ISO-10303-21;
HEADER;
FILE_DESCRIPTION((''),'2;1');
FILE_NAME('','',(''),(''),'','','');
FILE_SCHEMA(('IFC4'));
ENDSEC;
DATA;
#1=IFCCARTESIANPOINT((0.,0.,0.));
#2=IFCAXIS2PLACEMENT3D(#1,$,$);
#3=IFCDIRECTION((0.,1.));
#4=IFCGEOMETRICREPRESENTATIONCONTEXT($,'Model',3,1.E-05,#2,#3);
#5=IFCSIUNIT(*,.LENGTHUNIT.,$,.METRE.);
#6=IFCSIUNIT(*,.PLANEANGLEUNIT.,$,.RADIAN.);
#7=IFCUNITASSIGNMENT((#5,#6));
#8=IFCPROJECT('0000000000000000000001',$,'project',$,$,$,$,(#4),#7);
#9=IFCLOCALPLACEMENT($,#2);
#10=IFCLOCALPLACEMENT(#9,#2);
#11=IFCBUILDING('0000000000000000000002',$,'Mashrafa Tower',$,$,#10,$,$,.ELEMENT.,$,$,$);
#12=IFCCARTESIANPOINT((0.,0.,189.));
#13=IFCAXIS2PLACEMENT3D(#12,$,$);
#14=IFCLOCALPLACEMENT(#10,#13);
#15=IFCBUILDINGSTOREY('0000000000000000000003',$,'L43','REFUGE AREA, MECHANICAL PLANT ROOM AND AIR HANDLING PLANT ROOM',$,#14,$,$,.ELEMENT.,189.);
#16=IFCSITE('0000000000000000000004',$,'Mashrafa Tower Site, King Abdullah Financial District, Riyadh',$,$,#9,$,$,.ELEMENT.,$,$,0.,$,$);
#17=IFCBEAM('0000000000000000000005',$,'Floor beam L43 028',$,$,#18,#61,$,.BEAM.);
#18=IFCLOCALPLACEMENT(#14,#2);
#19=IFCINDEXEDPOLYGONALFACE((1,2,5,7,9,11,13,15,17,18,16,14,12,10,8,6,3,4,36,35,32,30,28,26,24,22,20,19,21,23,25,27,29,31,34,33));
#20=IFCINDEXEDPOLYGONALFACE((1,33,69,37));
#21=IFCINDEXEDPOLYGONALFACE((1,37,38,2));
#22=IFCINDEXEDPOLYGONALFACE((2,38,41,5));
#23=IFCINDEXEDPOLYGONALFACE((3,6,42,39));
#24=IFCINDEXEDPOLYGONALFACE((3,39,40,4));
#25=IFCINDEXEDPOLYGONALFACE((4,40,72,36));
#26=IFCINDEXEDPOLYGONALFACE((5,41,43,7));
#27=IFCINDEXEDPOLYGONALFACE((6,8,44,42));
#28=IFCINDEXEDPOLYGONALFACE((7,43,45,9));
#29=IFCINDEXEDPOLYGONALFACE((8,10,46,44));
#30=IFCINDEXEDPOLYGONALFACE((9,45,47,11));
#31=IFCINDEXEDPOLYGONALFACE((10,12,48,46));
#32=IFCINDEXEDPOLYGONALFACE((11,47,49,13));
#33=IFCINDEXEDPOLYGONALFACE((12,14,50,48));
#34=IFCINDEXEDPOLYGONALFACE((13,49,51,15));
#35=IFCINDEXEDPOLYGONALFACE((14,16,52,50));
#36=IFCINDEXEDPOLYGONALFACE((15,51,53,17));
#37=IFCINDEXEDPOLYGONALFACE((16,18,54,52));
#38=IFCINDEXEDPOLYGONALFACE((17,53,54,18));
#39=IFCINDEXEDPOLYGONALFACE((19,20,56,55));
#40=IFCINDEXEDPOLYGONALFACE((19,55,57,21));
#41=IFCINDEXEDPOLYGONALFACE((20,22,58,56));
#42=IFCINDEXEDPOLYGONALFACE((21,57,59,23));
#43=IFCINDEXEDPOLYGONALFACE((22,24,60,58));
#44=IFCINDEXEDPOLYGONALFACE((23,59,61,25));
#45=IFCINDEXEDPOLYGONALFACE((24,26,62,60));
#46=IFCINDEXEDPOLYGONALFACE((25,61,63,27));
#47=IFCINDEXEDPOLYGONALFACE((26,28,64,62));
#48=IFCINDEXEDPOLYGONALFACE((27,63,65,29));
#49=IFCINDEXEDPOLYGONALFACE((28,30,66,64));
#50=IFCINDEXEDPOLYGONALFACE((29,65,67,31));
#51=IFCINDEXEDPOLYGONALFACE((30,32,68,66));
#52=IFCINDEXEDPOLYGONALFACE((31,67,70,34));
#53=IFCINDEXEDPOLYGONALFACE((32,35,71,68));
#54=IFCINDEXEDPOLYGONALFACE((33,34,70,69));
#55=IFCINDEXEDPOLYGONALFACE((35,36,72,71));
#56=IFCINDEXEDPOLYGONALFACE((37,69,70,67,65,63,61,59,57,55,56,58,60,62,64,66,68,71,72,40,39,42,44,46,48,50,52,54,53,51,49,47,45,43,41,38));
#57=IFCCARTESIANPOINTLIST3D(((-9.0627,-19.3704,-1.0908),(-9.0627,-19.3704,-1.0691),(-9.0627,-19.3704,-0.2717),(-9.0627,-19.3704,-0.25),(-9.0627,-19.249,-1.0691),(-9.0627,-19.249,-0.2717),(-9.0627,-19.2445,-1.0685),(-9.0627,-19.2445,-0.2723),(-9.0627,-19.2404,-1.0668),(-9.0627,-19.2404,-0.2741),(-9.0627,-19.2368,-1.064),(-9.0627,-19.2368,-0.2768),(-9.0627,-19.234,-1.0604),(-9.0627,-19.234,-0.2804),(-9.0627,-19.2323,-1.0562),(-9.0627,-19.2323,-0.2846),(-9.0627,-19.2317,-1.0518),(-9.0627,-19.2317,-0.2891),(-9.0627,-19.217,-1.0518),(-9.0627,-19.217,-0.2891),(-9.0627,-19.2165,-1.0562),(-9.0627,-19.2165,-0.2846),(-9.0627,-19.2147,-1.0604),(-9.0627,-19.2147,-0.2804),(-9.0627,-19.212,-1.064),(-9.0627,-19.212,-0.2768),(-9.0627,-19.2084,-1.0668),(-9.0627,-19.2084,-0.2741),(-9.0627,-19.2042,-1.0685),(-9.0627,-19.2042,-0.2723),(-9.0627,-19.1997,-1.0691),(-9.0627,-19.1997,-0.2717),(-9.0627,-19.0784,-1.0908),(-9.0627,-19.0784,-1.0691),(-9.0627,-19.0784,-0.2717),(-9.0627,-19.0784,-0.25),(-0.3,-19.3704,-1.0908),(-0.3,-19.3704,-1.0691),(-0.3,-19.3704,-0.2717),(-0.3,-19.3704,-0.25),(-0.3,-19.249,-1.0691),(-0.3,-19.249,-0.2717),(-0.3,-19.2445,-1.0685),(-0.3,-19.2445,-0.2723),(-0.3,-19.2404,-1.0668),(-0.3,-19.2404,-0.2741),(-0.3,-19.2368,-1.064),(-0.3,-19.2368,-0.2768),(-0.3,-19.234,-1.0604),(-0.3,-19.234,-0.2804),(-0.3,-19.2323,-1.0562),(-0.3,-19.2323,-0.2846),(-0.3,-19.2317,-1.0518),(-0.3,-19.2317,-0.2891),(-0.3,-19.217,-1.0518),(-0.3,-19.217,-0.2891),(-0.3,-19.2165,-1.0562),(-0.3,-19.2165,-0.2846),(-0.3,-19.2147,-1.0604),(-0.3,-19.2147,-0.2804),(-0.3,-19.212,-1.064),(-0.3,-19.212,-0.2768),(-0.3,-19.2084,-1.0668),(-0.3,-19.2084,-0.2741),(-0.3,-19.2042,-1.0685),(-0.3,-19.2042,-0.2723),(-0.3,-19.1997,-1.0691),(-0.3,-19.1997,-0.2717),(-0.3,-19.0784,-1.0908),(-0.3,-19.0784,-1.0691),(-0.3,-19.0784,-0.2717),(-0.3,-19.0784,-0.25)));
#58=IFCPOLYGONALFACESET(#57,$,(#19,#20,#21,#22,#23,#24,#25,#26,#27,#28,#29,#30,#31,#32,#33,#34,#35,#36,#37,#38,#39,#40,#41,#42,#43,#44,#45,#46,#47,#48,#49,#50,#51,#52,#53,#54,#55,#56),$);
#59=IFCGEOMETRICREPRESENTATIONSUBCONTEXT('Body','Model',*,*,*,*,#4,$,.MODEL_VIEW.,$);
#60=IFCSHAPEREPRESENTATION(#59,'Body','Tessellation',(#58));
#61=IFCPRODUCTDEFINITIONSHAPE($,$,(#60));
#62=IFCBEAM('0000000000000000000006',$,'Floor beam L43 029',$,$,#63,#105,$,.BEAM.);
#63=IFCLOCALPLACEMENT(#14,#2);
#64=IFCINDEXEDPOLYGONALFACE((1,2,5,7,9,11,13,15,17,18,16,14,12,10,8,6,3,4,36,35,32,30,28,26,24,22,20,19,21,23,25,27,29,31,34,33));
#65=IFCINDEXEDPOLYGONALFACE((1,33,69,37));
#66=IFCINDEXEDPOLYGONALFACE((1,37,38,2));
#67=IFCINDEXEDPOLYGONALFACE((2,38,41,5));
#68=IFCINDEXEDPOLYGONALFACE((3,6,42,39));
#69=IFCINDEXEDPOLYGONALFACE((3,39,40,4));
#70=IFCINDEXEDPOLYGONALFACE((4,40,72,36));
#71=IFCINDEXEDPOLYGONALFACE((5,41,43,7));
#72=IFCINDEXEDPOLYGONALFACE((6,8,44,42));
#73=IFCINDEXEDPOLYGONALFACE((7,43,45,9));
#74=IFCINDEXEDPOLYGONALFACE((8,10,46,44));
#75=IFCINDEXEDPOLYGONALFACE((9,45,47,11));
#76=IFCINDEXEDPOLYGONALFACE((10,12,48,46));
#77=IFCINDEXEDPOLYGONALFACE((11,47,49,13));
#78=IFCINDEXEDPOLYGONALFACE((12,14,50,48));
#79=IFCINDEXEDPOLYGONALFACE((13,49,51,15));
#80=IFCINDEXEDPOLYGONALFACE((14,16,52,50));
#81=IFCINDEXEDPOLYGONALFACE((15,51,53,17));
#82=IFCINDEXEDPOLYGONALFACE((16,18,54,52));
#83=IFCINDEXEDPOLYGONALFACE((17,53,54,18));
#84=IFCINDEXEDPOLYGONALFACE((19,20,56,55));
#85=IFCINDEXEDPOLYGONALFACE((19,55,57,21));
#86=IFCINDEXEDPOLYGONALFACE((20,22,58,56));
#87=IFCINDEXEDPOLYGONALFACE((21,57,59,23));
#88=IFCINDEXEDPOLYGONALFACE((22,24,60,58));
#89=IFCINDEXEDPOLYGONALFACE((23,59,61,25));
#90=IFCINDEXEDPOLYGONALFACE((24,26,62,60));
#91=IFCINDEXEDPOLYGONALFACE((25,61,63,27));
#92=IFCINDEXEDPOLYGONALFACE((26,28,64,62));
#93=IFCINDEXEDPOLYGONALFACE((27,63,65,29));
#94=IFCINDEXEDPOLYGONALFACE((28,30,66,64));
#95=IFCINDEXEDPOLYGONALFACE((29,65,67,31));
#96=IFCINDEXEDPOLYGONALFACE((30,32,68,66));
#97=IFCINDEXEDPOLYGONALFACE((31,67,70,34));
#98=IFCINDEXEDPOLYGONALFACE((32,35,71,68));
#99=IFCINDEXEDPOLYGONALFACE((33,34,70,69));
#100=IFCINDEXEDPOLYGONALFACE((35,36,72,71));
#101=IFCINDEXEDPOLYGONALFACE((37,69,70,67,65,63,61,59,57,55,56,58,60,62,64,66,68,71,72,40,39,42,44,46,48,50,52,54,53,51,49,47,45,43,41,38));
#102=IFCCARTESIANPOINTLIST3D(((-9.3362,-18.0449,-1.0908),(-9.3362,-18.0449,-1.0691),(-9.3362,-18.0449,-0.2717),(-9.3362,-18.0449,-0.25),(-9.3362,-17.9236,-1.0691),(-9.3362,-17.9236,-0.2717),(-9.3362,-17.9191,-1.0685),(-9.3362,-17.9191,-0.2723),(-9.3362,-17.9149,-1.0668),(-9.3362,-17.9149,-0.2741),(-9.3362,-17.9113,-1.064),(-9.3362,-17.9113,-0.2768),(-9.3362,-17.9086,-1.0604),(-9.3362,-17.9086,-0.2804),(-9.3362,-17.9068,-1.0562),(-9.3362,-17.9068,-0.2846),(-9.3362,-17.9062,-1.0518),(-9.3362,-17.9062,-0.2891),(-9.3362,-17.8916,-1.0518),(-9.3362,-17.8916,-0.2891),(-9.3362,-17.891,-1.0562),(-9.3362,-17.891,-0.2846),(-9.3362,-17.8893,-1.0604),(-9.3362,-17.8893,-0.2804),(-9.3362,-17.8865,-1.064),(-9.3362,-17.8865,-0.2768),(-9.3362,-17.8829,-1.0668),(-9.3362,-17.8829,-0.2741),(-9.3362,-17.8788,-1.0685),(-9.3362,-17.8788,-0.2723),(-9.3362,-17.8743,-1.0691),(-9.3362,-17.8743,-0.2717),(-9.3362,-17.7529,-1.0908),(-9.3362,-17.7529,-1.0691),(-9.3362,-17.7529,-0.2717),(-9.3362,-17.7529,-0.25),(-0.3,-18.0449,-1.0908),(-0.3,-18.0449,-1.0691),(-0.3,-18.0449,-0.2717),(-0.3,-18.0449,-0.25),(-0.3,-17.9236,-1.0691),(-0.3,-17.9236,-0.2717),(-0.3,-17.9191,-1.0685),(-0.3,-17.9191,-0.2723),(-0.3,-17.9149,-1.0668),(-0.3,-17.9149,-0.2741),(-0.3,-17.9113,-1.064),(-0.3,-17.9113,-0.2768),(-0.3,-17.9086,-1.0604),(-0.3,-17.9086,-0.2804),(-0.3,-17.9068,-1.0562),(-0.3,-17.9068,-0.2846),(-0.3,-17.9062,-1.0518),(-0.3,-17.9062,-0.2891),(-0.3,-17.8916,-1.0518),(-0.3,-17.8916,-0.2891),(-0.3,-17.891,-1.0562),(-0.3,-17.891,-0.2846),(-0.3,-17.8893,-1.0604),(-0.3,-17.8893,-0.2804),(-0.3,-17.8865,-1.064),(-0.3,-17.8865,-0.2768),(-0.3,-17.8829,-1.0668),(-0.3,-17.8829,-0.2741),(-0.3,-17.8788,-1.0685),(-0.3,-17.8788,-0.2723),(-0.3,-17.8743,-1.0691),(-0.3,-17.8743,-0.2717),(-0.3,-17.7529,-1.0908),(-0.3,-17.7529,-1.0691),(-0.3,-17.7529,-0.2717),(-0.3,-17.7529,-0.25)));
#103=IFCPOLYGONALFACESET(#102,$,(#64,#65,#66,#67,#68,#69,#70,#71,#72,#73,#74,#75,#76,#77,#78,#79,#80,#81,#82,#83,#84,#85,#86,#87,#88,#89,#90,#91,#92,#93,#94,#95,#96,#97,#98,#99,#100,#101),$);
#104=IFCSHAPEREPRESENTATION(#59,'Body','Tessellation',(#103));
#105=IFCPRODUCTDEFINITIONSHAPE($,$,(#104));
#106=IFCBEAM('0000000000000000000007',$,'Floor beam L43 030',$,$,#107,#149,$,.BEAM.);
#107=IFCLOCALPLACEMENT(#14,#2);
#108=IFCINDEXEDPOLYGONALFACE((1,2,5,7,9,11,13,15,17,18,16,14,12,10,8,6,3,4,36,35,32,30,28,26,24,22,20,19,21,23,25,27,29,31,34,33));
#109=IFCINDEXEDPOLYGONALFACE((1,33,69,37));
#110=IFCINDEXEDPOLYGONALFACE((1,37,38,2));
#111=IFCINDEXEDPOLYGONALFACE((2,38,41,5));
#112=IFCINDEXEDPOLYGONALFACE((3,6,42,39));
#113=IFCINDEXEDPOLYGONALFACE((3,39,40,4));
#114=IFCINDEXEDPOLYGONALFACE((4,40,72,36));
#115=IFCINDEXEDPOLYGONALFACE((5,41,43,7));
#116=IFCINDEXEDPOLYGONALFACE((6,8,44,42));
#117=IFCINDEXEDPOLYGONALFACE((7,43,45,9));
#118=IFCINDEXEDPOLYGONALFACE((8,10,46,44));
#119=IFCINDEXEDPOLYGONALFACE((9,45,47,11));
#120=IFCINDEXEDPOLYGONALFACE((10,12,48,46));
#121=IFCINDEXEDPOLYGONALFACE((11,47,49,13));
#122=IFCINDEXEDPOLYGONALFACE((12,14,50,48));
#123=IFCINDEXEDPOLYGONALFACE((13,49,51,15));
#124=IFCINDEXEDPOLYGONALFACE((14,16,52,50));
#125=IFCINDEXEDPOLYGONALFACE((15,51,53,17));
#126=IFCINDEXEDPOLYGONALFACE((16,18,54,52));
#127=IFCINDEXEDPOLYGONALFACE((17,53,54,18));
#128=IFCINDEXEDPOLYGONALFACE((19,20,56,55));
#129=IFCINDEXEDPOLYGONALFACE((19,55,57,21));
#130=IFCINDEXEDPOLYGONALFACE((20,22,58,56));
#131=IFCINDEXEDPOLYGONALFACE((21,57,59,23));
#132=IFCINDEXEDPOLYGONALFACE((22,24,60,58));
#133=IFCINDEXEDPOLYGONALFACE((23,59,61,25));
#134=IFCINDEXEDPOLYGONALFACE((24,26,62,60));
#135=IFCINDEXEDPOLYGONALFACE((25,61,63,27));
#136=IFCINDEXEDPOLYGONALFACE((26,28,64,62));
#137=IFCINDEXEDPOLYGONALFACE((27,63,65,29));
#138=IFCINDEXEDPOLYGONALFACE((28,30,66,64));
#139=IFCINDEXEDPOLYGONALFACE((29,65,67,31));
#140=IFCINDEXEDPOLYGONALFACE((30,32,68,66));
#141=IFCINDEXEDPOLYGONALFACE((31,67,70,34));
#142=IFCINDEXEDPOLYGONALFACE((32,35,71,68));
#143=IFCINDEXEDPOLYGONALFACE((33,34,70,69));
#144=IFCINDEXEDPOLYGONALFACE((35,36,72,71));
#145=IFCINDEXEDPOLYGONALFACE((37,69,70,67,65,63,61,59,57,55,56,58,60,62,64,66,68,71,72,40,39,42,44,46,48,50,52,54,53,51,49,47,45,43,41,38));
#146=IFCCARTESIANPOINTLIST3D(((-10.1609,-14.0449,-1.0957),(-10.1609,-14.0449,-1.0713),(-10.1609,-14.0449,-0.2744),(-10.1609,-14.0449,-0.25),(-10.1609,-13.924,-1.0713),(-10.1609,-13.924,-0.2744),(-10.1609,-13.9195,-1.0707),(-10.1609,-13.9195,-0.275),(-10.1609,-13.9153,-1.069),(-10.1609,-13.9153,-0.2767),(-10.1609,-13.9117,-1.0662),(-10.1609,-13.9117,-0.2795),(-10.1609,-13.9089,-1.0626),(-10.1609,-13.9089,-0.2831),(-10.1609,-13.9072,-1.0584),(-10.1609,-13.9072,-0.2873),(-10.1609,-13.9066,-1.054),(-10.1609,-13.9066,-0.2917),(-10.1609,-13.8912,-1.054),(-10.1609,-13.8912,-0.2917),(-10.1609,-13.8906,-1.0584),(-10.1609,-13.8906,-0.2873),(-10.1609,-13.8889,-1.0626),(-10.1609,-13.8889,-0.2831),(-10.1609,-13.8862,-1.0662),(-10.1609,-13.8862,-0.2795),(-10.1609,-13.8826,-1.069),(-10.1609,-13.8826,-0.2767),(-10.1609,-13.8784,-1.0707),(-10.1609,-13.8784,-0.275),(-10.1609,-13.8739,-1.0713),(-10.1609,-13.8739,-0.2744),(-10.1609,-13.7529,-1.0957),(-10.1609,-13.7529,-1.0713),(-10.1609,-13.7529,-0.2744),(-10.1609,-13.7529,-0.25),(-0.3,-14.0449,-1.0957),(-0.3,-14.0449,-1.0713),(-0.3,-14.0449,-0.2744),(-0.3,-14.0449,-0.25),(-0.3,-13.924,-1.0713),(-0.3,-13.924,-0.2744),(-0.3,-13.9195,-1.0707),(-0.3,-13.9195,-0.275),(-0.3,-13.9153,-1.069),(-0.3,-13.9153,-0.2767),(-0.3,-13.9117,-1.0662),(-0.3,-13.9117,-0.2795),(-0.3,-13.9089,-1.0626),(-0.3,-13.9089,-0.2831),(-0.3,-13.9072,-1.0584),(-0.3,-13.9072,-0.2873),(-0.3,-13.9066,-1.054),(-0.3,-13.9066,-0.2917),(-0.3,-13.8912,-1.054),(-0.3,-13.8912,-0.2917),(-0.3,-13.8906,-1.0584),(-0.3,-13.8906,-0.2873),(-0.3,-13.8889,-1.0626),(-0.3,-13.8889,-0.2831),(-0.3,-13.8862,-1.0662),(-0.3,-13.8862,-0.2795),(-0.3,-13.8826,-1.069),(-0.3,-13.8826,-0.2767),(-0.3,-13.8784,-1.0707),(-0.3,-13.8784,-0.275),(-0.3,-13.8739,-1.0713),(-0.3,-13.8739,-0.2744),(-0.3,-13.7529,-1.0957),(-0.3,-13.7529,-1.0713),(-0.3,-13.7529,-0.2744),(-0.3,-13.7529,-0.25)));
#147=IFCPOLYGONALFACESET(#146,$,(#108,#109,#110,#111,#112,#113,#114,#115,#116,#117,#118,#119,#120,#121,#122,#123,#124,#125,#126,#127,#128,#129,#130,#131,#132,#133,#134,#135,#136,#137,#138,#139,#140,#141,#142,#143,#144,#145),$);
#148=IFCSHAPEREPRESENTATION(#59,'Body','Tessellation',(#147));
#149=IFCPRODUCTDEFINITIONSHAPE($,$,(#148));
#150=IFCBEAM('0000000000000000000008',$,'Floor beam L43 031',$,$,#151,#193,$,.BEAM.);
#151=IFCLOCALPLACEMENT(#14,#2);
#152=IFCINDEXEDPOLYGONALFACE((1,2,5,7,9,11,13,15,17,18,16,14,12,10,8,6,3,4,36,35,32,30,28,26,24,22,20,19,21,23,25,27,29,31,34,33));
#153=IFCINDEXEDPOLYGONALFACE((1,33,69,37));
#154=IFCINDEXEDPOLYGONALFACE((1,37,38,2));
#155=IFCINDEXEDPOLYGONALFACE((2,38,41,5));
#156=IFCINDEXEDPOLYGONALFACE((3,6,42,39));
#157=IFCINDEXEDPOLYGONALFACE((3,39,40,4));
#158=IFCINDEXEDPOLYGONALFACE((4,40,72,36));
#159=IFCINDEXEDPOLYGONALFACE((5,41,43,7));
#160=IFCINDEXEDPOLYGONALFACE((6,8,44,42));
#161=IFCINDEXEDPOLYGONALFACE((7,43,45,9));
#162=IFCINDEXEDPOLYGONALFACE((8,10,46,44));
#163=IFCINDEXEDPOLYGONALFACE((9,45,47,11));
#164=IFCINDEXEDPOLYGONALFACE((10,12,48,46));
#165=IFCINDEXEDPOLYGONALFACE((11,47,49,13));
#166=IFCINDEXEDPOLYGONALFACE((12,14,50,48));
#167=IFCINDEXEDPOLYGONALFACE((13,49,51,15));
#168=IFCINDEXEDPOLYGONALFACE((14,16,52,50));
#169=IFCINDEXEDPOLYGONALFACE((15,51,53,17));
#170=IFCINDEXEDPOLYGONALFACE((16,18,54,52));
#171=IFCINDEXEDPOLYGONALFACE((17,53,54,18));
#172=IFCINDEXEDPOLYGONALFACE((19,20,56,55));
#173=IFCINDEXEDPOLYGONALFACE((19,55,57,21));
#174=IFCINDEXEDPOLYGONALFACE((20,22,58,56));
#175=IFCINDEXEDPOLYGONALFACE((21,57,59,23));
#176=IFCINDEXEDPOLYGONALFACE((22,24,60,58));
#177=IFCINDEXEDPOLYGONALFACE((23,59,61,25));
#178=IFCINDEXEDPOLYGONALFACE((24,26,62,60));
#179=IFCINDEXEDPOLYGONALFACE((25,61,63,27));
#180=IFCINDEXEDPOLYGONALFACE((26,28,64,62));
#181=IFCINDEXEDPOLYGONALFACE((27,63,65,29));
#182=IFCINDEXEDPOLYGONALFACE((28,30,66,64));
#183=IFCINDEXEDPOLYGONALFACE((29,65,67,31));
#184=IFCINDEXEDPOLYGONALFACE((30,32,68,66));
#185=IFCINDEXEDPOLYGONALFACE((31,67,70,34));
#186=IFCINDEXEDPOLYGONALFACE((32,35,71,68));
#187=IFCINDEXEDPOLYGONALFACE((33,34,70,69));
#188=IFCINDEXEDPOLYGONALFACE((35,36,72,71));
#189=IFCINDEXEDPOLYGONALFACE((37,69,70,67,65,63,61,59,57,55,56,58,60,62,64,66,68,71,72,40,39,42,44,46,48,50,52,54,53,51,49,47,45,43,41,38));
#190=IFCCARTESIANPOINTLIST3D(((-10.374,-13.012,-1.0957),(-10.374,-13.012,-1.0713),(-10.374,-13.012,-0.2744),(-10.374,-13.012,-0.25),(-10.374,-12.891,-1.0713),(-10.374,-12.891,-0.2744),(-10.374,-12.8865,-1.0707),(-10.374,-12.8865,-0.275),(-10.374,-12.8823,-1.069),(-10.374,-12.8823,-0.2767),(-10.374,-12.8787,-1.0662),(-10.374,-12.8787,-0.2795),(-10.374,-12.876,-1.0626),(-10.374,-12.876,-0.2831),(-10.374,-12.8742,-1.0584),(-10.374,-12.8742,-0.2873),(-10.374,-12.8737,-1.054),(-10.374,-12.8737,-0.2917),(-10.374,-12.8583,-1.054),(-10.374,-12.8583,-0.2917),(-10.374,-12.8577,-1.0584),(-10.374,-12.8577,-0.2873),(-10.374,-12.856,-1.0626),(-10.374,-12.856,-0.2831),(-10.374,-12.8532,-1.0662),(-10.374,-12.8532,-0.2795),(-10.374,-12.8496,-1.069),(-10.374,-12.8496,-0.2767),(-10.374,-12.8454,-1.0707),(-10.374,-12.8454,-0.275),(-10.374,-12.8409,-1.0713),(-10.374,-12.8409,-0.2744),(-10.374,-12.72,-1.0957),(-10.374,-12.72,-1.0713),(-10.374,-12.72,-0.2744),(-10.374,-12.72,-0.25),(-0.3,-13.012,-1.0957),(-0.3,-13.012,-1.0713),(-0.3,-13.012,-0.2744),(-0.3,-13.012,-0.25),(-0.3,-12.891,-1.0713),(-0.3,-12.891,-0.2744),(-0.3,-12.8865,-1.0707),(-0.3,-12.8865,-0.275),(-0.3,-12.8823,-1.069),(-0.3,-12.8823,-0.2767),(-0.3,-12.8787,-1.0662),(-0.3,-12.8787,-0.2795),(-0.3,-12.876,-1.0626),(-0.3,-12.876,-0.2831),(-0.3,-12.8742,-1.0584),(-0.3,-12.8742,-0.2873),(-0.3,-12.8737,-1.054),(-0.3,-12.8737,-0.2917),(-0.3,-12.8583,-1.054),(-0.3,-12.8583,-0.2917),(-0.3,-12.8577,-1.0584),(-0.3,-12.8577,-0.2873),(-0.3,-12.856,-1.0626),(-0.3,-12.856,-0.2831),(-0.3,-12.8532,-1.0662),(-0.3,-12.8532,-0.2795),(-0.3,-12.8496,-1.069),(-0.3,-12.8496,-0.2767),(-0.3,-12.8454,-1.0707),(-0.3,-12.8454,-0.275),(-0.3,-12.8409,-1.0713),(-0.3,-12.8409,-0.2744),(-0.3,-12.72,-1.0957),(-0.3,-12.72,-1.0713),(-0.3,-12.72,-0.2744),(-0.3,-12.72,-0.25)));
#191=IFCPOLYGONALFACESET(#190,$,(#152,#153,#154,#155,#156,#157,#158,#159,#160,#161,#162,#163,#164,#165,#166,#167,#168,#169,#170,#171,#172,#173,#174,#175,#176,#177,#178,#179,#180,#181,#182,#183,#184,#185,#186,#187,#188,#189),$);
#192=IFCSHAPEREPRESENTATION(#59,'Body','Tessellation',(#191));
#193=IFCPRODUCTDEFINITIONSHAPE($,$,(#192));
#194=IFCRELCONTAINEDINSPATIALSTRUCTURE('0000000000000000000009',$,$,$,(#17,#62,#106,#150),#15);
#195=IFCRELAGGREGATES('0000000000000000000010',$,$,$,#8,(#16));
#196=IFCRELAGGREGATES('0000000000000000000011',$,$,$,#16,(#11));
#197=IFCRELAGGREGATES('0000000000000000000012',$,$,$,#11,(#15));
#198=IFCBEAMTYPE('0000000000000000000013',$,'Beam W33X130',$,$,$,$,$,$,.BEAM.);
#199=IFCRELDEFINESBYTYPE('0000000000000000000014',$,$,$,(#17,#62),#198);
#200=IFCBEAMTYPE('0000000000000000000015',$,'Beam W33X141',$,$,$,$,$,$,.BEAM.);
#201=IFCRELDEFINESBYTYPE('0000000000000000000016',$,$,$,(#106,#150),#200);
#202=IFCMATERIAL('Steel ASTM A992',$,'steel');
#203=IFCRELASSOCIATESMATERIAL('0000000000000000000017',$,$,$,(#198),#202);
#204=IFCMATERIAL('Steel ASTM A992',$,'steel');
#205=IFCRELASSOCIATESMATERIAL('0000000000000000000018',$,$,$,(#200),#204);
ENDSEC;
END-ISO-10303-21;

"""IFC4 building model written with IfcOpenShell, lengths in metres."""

from ifc_helpers import new_model, si_unit, direction, frame, origin, origin_2d, place, context, subcontext, project, spatial, i_section, extrude, material, material_profile, profile_set, type_object, element, save


model = new_model("IFC4")

# Units and contexts
model_context = context("Model", 3, precision=1e-05, world=origin(), true_north=direction((0.0, 1.0)))
body_context = subcontext(model_context, "Body", "Model", "MODEL_VIEW")
ifc_project = project(units=[si_unit("LENGTHUNIT", "METRE"), si_unit("PLANEANGLEUNIT", "RADIAN")], contexts=[model_context])

# Site, building, storey
site_placement = place(None, origin())
site = spatial("IfcSite", under=ifc_project, at=site_placement, Name="Mashrafa Tower Site, King Abdullah Financial District, Riyadh", CompositionType="ELEMENT", RefElevation=0.0)
building_placement = place(site_placement, origin())
building = spatial("IfcBuilding", under=site, at=building_placement, Name="Mashrafa Tower", CompositionType="ELEMENT")
storey_placement = place(building_placement, frame((0.0, 0.0, 189.0)))
storey = spatial("IfcBuildingStorey", under=building, at=storey_placement, Name="L43", Description="REFUGE AREA, MECHANICAL PLANT ROOM AND AIR HANDLING PLANT ROOM", CompositionType="ELEMENT", Elevation=189.0)

# Beams
ifc_material_1 = material(Name="Steel ASTM A992", Category="steel")
ifc_material_profile_1 = material_profile(ifc_material_1, i_section(OverallWidth=0.292, OverallDepth=0.8408, WebThickness=0.0146, FlangeThickness=0.0217, FilletRadius=0.0173, at=origin_2d()), Name="W33X130")
ifc_profile_set_1 = profile_set([ifc_material_profile_1], Name="Steel ASTM A992")
beam_type_1 = type_object("IfcBeamType", Name="Beam W33X130", PredefinedType="BEAM", material=ifc_profile_set_1)
beam_1_placement = place(storey_placement, frame((-0.3, -19.2244, -0.6704), z_axis=(-1.0, 0.0, 0.0), x_axis=(0.0, -1.0, 0.0)))
element("IfcBeam", 1, at=beam_1_placement, inside=storey, type_object=beam_type_1, Name="Floor beam L43 028", PredefinedType="BEAM", context=body_context, shape_type="SweptSolid", body=[
    extrude(i_section(OverallWidth=0.292, OverallDepth=0.8408, WebThickness=0.0146, FlangeThickness=0.0217, FilletRadius=0.0173, at=origin_2d()), origin(), (0.0, 0.0, 1.0), 8.7627),
])
beam_2_placement = place(storey_placement, frame((-0.3, -17.8989, -0.6704), z_axis=(-1.0, 0.0, 0.0), x_axis=(0.0, -1.0, 0.0)))
element("IfcBeam", 2, at=beam_2_placement, inside=storey, type_object=beam_type_1, Name="Floor beam L43 029", PredefinedType="BEAM", context=body_context, shape_type="SweptSolid", body=[
    extrude(i_section(OverallWidth=0.292, OverallDepth=0.8408, WebThickness=0.0146, FlangeThickness=0.0217, FilletRadius=0.0173, at=origin_2d()), origin(), (0.0, 0.0, 1.0), 9.0361),
])
ifc_material_2 = material(Name="Steel ASTM A992", Category="steel")
ifc_material_profile_2 = material_profile(ifc_material_2, i_section(OverallWidth=0.292, OverallDepth=0.8457, WebThickness=0.0154, FlangeThickness=0.0244, FilletRadius=0.0173, at=origin_2d()), Name="W33X141")
ifc_profile_set_2 = profile_set([ifc_material_profile_2], Name="Steel ASTM A992")
beam_type_2 = type_object("IfcBeamType", Name="Beam W33X141", PredefinedType="BEAM", material=ifc_profile_set_2)
beam_3_placement = place(storey_placement, frame((-0.3, -13.8989, -0.6729), z_axis=(-1.0, 0.0, 0.0), x_axis=(0.0, -1.0, 0.0)))
element("IfcBeam", 3, at=beam_3_placement, inside=storey, type_object=beam_type_2, Name="Floor beam L43 030", PredefinedType="BEAM", context=body_context, shape_type="SweptSolid", body=[
    extrude(i_section(OverallWidth=0.292, OverallDepth=0.8457, WebThickness=0.0154, FlangeThickness=0.0244, FilletRadius=0.0173, at=origin_2d()), origin(), (0.0, 0.0, 1.0), 9.8608),
])
beam_4_placement = place(storey_placement, frame((-0.3, -12.866, -0.6729), z_axis=(-1.0, 0.0, 0.0), x_axis=(0.0, -1.0, 0.0)))
element("IfcBeam", 4, at=beam_4_placement, inside=storey, type_object=beam_type_2, Name="Floor beam L43 031", PredefinedType="BEAM", context=body_context, shape_type="SweptSolid", body=[
    extrude(i_section(OverallWidth=0.292, OverallDepth=0.8457, WebThickness=0.0154, FlangeThickness=0.0244, FilletRadius=0.0173, at=origin_2d()), origin(), (0.0, 0.0, 1.0), 10.074),
])

save(model, "model.ifc")
